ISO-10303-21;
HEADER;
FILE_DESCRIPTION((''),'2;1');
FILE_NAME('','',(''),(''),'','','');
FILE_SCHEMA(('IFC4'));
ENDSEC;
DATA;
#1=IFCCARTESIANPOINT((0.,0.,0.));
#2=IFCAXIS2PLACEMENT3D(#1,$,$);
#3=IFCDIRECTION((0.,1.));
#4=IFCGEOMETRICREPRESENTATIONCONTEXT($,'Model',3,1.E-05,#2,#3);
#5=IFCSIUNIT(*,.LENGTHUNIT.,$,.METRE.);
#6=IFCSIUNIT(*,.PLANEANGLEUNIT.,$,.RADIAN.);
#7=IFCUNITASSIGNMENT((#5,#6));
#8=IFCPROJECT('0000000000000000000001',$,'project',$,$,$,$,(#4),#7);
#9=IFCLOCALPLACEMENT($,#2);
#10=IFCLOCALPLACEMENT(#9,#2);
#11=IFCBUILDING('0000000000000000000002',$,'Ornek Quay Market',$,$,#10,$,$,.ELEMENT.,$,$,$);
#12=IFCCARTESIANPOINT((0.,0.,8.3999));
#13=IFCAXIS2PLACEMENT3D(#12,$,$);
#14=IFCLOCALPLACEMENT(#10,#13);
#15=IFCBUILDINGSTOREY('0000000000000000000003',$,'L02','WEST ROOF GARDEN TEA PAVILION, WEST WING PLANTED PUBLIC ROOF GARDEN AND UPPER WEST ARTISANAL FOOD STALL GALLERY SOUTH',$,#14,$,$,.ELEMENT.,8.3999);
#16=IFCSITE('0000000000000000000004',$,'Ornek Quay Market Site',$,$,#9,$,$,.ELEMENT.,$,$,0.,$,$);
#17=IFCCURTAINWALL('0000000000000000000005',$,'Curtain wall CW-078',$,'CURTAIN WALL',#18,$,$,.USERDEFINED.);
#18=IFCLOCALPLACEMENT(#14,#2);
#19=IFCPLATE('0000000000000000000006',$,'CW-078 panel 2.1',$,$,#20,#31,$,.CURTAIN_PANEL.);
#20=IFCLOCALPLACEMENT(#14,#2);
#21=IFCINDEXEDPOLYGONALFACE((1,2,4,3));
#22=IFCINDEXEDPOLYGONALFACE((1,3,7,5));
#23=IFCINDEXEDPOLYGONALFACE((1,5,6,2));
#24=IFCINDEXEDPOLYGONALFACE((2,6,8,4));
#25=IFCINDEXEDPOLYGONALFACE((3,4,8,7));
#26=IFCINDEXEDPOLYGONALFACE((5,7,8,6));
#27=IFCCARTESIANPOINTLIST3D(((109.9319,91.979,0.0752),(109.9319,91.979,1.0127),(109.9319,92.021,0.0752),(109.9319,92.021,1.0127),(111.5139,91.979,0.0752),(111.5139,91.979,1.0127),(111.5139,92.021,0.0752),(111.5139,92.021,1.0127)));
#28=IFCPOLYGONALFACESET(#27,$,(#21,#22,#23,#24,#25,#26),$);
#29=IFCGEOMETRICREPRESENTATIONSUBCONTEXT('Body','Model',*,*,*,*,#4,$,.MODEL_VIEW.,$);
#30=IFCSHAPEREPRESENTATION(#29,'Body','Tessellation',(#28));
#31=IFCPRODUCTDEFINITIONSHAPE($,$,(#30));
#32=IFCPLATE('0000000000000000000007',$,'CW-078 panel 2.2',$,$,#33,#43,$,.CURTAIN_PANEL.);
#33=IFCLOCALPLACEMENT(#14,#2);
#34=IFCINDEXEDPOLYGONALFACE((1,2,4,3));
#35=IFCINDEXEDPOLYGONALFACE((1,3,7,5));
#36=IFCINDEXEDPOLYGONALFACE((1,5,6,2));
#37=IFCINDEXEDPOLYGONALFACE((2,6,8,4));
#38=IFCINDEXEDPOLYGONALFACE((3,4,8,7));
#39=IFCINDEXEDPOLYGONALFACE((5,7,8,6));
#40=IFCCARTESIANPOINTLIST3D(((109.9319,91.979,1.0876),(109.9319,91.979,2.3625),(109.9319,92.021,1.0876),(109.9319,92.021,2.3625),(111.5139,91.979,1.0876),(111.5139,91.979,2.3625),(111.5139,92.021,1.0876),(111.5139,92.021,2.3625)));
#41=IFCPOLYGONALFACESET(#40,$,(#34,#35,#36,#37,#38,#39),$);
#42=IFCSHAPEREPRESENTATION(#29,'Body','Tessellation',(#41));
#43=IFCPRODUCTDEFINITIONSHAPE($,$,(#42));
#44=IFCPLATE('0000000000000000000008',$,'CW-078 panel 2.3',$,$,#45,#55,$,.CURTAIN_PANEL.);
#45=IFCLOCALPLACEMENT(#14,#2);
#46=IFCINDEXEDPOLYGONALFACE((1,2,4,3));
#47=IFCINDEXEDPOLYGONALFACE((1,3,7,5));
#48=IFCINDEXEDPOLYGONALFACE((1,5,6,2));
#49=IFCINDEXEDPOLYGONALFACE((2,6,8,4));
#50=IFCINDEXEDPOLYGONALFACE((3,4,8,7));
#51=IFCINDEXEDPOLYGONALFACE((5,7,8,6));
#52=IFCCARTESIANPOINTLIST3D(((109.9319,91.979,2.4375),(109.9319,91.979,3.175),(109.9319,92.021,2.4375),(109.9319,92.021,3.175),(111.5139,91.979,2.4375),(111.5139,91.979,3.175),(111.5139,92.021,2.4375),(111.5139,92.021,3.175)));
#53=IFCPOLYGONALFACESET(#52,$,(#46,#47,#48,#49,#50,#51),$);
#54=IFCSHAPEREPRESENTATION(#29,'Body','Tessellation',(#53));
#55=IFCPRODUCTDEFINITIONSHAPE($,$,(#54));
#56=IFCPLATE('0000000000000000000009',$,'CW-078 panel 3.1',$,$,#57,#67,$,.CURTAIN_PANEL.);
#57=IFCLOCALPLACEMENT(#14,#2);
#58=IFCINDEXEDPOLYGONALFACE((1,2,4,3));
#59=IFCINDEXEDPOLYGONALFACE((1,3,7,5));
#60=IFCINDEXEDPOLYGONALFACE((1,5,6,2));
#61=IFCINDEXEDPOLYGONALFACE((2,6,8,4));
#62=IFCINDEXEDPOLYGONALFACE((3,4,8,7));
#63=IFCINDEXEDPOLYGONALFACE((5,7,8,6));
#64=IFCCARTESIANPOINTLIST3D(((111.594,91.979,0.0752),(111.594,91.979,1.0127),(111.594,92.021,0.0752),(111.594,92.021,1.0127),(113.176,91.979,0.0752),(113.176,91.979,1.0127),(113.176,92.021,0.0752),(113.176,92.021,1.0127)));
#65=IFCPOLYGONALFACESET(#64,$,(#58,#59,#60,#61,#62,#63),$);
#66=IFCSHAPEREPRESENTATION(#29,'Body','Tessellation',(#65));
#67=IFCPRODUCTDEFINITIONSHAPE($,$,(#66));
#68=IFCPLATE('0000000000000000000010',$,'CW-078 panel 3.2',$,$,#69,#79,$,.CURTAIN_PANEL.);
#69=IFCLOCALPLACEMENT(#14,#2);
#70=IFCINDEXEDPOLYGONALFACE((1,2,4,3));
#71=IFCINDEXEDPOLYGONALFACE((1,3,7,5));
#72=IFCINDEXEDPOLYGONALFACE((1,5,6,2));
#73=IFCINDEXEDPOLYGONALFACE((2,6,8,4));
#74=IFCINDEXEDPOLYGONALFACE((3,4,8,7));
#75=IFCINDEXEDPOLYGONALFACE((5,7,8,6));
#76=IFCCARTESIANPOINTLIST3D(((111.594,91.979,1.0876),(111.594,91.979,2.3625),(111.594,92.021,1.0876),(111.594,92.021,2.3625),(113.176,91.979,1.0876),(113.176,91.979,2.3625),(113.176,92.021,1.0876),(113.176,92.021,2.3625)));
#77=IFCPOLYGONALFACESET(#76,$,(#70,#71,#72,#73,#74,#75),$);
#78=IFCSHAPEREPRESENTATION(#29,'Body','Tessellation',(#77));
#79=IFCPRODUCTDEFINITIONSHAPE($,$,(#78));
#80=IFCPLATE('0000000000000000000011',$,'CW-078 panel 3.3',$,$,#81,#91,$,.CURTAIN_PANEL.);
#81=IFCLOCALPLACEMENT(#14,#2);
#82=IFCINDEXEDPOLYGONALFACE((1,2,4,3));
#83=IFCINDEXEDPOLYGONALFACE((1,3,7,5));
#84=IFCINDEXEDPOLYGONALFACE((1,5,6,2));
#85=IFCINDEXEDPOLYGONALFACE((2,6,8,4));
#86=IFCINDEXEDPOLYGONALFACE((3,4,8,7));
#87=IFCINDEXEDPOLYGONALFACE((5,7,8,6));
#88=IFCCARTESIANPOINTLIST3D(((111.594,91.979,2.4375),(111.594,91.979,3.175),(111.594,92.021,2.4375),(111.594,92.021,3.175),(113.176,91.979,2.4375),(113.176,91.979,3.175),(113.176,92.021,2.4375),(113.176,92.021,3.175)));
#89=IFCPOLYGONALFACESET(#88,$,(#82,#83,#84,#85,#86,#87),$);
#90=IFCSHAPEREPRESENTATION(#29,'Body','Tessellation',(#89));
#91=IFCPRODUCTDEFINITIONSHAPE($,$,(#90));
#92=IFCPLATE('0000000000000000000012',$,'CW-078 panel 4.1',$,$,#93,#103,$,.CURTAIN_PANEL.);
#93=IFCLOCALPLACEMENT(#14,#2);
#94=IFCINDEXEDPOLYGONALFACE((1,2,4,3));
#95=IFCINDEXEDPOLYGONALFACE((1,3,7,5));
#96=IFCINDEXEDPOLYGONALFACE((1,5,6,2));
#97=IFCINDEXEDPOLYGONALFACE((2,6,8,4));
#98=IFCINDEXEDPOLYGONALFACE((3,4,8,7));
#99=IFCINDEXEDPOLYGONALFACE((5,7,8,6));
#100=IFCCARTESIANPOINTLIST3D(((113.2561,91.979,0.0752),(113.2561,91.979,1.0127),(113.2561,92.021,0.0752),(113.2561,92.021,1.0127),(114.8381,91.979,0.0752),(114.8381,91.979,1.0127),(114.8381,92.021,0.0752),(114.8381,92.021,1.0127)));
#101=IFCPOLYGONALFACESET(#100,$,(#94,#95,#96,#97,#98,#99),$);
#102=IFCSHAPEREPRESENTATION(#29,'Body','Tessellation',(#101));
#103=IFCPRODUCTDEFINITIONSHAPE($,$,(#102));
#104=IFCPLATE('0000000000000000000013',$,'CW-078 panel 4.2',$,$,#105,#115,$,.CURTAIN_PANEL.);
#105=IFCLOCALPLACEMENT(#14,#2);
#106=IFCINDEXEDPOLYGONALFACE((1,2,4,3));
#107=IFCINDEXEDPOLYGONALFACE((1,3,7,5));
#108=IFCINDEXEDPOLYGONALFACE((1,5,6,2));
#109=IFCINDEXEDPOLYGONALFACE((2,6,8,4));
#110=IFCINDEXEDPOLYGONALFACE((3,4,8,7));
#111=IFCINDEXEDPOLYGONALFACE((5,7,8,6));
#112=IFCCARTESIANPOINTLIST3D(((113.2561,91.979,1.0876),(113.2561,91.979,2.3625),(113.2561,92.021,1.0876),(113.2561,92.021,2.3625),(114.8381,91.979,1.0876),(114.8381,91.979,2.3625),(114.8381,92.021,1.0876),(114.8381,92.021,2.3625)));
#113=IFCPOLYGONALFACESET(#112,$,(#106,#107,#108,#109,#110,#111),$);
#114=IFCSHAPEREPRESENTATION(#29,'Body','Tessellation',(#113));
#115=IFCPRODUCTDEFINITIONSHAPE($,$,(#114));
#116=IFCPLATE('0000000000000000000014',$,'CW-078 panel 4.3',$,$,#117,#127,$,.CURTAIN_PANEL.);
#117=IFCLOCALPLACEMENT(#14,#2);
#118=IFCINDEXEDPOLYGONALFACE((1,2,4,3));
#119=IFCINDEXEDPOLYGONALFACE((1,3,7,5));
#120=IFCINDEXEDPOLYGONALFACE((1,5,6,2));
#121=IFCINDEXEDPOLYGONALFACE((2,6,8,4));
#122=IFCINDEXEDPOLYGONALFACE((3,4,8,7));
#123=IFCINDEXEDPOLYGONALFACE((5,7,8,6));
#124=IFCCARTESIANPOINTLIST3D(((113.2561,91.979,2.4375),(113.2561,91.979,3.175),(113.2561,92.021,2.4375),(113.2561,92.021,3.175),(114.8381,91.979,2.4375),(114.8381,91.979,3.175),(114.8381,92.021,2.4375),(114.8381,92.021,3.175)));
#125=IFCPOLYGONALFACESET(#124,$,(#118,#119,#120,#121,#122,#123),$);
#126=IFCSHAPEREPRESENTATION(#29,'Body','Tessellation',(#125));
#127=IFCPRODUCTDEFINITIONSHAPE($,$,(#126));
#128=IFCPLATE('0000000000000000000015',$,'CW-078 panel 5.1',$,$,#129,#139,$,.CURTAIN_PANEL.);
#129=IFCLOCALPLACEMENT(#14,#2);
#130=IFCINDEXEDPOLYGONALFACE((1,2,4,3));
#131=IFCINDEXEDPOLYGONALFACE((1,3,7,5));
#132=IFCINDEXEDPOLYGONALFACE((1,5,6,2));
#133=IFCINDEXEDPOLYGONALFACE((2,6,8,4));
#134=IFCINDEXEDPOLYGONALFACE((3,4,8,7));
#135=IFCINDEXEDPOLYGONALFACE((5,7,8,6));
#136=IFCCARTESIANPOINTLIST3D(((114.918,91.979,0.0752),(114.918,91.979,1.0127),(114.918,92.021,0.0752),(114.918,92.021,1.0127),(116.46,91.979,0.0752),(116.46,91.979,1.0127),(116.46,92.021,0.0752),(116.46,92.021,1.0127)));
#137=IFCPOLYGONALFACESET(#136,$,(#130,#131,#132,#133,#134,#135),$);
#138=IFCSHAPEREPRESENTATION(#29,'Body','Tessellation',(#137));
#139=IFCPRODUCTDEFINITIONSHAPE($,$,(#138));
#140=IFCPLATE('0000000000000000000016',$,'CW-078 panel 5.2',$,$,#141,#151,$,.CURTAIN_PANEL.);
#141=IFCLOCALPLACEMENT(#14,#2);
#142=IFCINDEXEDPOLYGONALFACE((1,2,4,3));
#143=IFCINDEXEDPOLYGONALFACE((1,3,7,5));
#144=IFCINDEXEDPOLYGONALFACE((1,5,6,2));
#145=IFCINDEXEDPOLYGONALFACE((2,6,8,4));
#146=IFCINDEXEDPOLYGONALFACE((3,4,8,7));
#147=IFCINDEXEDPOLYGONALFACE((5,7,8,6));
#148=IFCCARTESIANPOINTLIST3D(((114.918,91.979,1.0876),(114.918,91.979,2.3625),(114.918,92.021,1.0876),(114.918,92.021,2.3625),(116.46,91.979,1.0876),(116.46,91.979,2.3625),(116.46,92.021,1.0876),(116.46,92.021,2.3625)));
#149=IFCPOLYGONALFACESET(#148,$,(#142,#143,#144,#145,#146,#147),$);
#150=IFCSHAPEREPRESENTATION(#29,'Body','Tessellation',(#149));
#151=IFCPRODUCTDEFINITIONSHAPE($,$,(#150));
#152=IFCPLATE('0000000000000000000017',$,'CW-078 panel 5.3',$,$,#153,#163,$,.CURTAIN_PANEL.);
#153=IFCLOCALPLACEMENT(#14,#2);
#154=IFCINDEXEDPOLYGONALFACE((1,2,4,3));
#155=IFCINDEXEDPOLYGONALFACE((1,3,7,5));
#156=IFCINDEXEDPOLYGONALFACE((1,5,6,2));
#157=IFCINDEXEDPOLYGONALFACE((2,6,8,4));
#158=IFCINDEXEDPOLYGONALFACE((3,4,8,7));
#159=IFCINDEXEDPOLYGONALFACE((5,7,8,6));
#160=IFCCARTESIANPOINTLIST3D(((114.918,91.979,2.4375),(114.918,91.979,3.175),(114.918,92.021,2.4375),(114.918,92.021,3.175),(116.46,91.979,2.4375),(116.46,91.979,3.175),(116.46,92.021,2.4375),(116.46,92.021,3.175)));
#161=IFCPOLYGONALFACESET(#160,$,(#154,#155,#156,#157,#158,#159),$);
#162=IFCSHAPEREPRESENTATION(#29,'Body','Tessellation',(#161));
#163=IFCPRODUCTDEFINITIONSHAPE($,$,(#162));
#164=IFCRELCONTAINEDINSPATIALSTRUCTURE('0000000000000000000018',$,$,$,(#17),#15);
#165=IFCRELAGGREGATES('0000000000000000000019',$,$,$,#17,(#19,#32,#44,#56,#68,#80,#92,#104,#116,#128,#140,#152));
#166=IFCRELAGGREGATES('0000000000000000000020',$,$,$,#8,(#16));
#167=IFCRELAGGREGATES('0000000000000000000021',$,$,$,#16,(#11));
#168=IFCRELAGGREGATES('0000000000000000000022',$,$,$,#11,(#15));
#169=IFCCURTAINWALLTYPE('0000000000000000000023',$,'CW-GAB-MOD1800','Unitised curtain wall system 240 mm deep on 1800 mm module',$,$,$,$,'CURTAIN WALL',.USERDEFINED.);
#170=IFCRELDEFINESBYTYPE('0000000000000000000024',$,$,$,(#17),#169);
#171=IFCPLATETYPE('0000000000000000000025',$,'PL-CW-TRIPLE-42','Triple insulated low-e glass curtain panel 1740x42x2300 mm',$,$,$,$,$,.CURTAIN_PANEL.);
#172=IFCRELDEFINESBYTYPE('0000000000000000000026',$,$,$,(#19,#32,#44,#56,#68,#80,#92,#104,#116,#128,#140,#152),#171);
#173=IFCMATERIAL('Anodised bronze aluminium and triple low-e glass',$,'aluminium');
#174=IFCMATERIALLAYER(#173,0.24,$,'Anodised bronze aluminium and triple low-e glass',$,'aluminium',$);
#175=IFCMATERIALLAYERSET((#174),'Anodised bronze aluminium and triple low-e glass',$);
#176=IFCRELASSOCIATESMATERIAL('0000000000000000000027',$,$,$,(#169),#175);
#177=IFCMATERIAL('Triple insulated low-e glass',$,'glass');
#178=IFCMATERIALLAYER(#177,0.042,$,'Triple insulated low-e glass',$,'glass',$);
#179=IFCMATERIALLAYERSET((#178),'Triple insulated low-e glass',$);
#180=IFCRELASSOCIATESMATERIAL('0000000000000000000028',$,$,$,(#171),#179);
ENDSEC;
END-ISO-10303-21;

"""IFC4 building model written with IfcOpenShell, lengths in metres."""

from ifc_helpers import new_model, si_unit, direction, frame, origin, origin_2d, place, context, subcontext, project, spatial, rectangle, extrude, material, layer, layer_set, type_object, element, aggregate, save


model = new_model("IFC4")

# Units and contexts
model_context = context("Model", 3, precision=1e-05, world=origin(), true_north=direction((0.0, 1.0)))
body_context = subcontext(model_context, "Body", "Model", "MODEL_VIEW")
ifc_project = project(units=[si_unit("LENGTHUNIT", "METRE"), si_unit("PLANEANGLEUNIT", "RADIAN")], contexts=[model_context])

# Site, building, storey
site_placement = place(None, origin())
site = spatial("IfcSite", under=ifc_project, at=site_placement, Name="Ornek Quay Market Site", CompositionType="ELEMENT", RefElevation=0.0)
building_placement = place(site_placement, origin())
building = spatial("IfcBuilding", under=site, at=building_placement, Name="Ornek Quay Market", CompositionType="ELEMENT")
storey_placement = place(building_placement, frame((0.0, 0.0, 8.3999)))
storey = spatial("IfcBuildingStorey", under=building, at=storey_placement, Name="L02", Description="WEST ROOF GARDEN TEA PAVILION, WEST WING PLANTED PUBLIC ROOF GARDEN AND UPPER WEST ARTISANAL FOOD STALL GALLERY SOUTH", CompositionType="ELEMENT", Elevation=8.3999)

# Curtain wall, plates
ifc_material_1 = material(Name="Anodised bronze aluminium and triple low-e glass", Category="aluminium")
ifc_layer_1 = layer(ifc_material_1, 0.24, Name="Anodised bronze aluminium and triple low-e glass", Category="aluminium")
ifc_layer_set_1 = layer_set([ifc_layer_1], Name="Anodised bronze aluminium and triple low-e glass")
curtain_wall_type = type_object("IfcCurtainWallType", Name="CW-GAB-MOD1800", Description="Unitised curtain wall system 240 mm deep on 1800 mm module", ElementType="CURTAIN WALL", PredefinedType="USERDEFINED", material=ifc_layer_set_1)
curtain_wall_placement = place(storey_placement, origin())
curtain_wall = element("IfcCurtainWall", 1, at=curtain_wall_placement, inside=storey, type_object=curtain_wall_type, Name="Curtain wall CW-078", ObjectType="CURTAIN WALL", PredefinedType="USERDEFINED")
ifc_material_2 = material(Name="Triple insulated low-e glass", Category="glass")
ifc_layer_2 = layer(ifc_material_2, 0.042, Name="Triple insulated low-e glass", Category="glass")
ifc_layer_set_2 = layer_set([ifc_layer_2], Name="Triple insulated low-e glass")
plate_type = type_object("IfcPlateType", Name="PL-CW-TRIPLE-42", Description="Triple insulated low-e glass curtain panel 1740x42x2300 mm", PredefinedType="CURTAIN_PANEL", material=ifc_layer_set_2)
plate_1_placement = place(storey_placement, frame((110.7229, 92.0, 0.0752), z_axis=(0.0, 0.0, 1.0), x_axis=(1.0, 0.0, 0.0)))
plate_1 = element("IfcPlate", 2, at=plate_1_placement, type_object=plate_type, Name="CW-078 panel 2.1", PredefinedType="CURTAIN_PANEL", context=body_context, shape_type="SweptSolid", body=[
    extrude(rectangle(XDim=1.582, YDim=0.042, at=origin_2d()), origin(), (0.0, 0.0, 1.0), 0.9375),
])
plate_2_placement = place(storey_placement, frame((110.7229, 92.0, 1.0876), z_axis=(0.0, 0.0, 1.0), x_axis=(1.0, 0.0, 0.0)))
plate_2 = element("IfcPlate", 3, at=plate_2_placement, type_object=plate_type, Name="CW-078 panel 2.2", PredefinedType="CURTAIN_PANEL", context=body_context, shape_type="SweptSolid", body=[
    extrude(rectangle(XDim=1.582, YDim=0.042, at=origin_2d()), origin(), (0.0, 0.0, 1.0), 1.2749),
])
plate_3_placement = place(storey_placement, frame((110.7229, 92.0, 2.4375), z_axis=(0.0, 0.0, 1.0), x_axis=(1.0, 0.0, 0.0)))
plate_3 = element("IfcPlate", 4, at=plate_3_placement, type_object=plate_type, Name="CW-078 panel 2.3", PredefinedType="CURTAIN_PANEL", context=body_context, shape_type="SweptSolid", body=[
    extrude(rectangle(XDim=1.582, YDim=0.042, at=origin_2d()), origin(), (0.0, 0.0, 1.0), 0.7375),
])
plate_4_placement = place(storey_placement, frame((112.385, 92.0, 0.0752), z_axis=(0.0, 0.0, 1.0), x_axis=(1.0, 0.0, 0.0)))
plate_4 = element("IfcPlate", 5, at=plate_4_placement, type_object=plate_type, Name="CW-078 panel 3.1", PredefinedType="CURTAIN_PANEL", context=body_context, shape_type="SweptSolid", body=[
    extrude(rectangle(XDim=1.582, YDim=0.042, at=origin_2d()), origin(), (0.0, 0.0, 1.0), 0.9375),
])
plate_5_placement = place(storey_placement, frame((112.385, 92.0, 1.0876), z_axis=(0.0, 0.0, 1.0), x_axis=(1.0, 0.0, 0.0)))
plate_5 = element("IfcPlate", 6, at=plate_5_placement, type_object=plate_type, Name="CW-078 panel 3.2", PredefinedType="CURTAIN_PANEL", context=body_context, shape_type="SweptSolid", body=[
    extrude(rectangle(XDim=1.582, YDim=0.042, at=origin_2d()), origin(), (0.0, 0.0, 1.0), 1.2749),
])
plate_6_placement = place(storey_placement, frame((112.385, 92.0, 2.4375), z_axis=(0.0, 0.0, 1.0), x_axis=(1.0, 0.0, 0.0)))
plate_6 = element("IfcPlate", 7, at=plate_6_placement, type_object=plate_type, Name="CW-078 panel 3.3", PredefinedType="CURTAIN_PANEL", context=body_context, shape_type="SweptSolid", body=[
    extrude(rectangle(XDim=1.582, YDim=0.042, at=origin_2d()), origin(), (0.0, 0.0, 1.0), 0.7375),
])
plate_7_placement = place(storey_placement, frame((114.0471, 92.0, 0.0752), z_axis=(0.0, 0.0, 1.0), x_axis=(1.0, 0.0, 0.0)))
plate_7 = element("IfcPlate", 8, at=plate_7_placement, type_object=plate_type, Name="CW-078 panel 4.1", PredefinedType="CURTAIN_PANEL", context=body_context, shape_type="SweptSolid", body=[
    extrude(rectangle(XDim=1.582, YDim=0.042, at=origin_2d()), origin(), (0.0, 0.0, 1.0), 0.9375),
])
plate_8_placement = place(storey_placement, frame((114.0471, 92.0, 1.0876), z_axis=(0.0, 0.0, 1.0), x_axis=(1.0, 0.0, 0.0)))
plate_8 = element("IfcPlate", 9, at=plate_8_placement, type_object=plate_type, Name="CW-078 panel 4.2", PredefinedType="CURTAIN_PANEL", context=body_context, shape_type="SweptSolid", body=[
    extrude(rectangle(XDim=1.582, YDim=0.042, at=origin_2d()), origin(), (0.0, 0.0, 1.0), 1.2749),
])
plate_9_placement = place(storey_placement, frame((114.0471, 92.0, 2.4375), z_axis=(0.0, 0.0, 1.0), x_axis=(1.0, 0.0, 0.0)))
plate_9 = element("IfcPlate", 10, at=plate_9_placement, type_object=plate_type, Name="CW-078 panel 4.3", PredefinedType="CURTAIN_PANEL", context=body_context, shape_type="SweptSolid", body=[
    extrude(rectangle(XDim=1.582, YDim=0.042, at=origin_2d()), origin(), (0.0, 0.0, 1.0), 0.7375),
])
plate_10_placement = place(storey_placement, frame((115.689, 92.0, 0.0752), z_axis=(0.0, 0.0, 1.0), x_axis=(1.0, 0.0, 0.0)))
plate_10 = element("IfcPlate", 11, at=plate_10_placement, type_object=plate_type, Name="CW-078 panel 5.1", PredefinedType="CURTAIN_PANEL", context=body_context, shape_type="SweptSolid", body=[
    extrude(rectangle(XDim=1.542, YDim=0.042, at=origin_2d()), origin(), (0.0, 0.0, 1.0), 0.9375),
])
plate_11_placement = place(storey_placement, frame((115.689, 92.0, 1.0876), z_axis=(0.0, 0.0, 1.0), x_axis=(1.0, 0.0, 0.0)))
plate_11 = element("IfcPlate", 12, at=plate_11_placement, type_object=plate_type, Name="CW-078 panel 5.2", PredefinedType="CURTAIN_PANEL", context=body_context, shape_type="SweptSolid", body=[
    extrude(rectangle(XDim=1.542, YDim=0.042, at=origin_2d()), origin(), (0.0, 0.0, 1.0), 1.2749),
])
plate_12_placement = place(storey_placement, frame((115.689, 92.0, 2.4375), z_axis=(0.0, 0.0, 1.0), x_axis=(1.0, 0.0, 0.0)))
plate_12 = element("IfcPlate", 13, at=plate_12_placement, type_object=plate_type, Name="CW-078 panel 5.3", PredefinedType="CURTAIN_PANEL", context=body_context, shape_type="SweptSolid", body=[
    extrude(rectangle(XDim=1.542, YDim=0.042, at=origin_2d()), origin(), (0.0, 0.0, 1.0), 0.7375),
])
aggregate(curtain_wall, [plate_1, plate_2, plate_3, plate_4, plate_5, plate_6, plate_7, plate_8, plate_9, plate_10, plate_11, plate_12])

save(model, "model.ifc")
